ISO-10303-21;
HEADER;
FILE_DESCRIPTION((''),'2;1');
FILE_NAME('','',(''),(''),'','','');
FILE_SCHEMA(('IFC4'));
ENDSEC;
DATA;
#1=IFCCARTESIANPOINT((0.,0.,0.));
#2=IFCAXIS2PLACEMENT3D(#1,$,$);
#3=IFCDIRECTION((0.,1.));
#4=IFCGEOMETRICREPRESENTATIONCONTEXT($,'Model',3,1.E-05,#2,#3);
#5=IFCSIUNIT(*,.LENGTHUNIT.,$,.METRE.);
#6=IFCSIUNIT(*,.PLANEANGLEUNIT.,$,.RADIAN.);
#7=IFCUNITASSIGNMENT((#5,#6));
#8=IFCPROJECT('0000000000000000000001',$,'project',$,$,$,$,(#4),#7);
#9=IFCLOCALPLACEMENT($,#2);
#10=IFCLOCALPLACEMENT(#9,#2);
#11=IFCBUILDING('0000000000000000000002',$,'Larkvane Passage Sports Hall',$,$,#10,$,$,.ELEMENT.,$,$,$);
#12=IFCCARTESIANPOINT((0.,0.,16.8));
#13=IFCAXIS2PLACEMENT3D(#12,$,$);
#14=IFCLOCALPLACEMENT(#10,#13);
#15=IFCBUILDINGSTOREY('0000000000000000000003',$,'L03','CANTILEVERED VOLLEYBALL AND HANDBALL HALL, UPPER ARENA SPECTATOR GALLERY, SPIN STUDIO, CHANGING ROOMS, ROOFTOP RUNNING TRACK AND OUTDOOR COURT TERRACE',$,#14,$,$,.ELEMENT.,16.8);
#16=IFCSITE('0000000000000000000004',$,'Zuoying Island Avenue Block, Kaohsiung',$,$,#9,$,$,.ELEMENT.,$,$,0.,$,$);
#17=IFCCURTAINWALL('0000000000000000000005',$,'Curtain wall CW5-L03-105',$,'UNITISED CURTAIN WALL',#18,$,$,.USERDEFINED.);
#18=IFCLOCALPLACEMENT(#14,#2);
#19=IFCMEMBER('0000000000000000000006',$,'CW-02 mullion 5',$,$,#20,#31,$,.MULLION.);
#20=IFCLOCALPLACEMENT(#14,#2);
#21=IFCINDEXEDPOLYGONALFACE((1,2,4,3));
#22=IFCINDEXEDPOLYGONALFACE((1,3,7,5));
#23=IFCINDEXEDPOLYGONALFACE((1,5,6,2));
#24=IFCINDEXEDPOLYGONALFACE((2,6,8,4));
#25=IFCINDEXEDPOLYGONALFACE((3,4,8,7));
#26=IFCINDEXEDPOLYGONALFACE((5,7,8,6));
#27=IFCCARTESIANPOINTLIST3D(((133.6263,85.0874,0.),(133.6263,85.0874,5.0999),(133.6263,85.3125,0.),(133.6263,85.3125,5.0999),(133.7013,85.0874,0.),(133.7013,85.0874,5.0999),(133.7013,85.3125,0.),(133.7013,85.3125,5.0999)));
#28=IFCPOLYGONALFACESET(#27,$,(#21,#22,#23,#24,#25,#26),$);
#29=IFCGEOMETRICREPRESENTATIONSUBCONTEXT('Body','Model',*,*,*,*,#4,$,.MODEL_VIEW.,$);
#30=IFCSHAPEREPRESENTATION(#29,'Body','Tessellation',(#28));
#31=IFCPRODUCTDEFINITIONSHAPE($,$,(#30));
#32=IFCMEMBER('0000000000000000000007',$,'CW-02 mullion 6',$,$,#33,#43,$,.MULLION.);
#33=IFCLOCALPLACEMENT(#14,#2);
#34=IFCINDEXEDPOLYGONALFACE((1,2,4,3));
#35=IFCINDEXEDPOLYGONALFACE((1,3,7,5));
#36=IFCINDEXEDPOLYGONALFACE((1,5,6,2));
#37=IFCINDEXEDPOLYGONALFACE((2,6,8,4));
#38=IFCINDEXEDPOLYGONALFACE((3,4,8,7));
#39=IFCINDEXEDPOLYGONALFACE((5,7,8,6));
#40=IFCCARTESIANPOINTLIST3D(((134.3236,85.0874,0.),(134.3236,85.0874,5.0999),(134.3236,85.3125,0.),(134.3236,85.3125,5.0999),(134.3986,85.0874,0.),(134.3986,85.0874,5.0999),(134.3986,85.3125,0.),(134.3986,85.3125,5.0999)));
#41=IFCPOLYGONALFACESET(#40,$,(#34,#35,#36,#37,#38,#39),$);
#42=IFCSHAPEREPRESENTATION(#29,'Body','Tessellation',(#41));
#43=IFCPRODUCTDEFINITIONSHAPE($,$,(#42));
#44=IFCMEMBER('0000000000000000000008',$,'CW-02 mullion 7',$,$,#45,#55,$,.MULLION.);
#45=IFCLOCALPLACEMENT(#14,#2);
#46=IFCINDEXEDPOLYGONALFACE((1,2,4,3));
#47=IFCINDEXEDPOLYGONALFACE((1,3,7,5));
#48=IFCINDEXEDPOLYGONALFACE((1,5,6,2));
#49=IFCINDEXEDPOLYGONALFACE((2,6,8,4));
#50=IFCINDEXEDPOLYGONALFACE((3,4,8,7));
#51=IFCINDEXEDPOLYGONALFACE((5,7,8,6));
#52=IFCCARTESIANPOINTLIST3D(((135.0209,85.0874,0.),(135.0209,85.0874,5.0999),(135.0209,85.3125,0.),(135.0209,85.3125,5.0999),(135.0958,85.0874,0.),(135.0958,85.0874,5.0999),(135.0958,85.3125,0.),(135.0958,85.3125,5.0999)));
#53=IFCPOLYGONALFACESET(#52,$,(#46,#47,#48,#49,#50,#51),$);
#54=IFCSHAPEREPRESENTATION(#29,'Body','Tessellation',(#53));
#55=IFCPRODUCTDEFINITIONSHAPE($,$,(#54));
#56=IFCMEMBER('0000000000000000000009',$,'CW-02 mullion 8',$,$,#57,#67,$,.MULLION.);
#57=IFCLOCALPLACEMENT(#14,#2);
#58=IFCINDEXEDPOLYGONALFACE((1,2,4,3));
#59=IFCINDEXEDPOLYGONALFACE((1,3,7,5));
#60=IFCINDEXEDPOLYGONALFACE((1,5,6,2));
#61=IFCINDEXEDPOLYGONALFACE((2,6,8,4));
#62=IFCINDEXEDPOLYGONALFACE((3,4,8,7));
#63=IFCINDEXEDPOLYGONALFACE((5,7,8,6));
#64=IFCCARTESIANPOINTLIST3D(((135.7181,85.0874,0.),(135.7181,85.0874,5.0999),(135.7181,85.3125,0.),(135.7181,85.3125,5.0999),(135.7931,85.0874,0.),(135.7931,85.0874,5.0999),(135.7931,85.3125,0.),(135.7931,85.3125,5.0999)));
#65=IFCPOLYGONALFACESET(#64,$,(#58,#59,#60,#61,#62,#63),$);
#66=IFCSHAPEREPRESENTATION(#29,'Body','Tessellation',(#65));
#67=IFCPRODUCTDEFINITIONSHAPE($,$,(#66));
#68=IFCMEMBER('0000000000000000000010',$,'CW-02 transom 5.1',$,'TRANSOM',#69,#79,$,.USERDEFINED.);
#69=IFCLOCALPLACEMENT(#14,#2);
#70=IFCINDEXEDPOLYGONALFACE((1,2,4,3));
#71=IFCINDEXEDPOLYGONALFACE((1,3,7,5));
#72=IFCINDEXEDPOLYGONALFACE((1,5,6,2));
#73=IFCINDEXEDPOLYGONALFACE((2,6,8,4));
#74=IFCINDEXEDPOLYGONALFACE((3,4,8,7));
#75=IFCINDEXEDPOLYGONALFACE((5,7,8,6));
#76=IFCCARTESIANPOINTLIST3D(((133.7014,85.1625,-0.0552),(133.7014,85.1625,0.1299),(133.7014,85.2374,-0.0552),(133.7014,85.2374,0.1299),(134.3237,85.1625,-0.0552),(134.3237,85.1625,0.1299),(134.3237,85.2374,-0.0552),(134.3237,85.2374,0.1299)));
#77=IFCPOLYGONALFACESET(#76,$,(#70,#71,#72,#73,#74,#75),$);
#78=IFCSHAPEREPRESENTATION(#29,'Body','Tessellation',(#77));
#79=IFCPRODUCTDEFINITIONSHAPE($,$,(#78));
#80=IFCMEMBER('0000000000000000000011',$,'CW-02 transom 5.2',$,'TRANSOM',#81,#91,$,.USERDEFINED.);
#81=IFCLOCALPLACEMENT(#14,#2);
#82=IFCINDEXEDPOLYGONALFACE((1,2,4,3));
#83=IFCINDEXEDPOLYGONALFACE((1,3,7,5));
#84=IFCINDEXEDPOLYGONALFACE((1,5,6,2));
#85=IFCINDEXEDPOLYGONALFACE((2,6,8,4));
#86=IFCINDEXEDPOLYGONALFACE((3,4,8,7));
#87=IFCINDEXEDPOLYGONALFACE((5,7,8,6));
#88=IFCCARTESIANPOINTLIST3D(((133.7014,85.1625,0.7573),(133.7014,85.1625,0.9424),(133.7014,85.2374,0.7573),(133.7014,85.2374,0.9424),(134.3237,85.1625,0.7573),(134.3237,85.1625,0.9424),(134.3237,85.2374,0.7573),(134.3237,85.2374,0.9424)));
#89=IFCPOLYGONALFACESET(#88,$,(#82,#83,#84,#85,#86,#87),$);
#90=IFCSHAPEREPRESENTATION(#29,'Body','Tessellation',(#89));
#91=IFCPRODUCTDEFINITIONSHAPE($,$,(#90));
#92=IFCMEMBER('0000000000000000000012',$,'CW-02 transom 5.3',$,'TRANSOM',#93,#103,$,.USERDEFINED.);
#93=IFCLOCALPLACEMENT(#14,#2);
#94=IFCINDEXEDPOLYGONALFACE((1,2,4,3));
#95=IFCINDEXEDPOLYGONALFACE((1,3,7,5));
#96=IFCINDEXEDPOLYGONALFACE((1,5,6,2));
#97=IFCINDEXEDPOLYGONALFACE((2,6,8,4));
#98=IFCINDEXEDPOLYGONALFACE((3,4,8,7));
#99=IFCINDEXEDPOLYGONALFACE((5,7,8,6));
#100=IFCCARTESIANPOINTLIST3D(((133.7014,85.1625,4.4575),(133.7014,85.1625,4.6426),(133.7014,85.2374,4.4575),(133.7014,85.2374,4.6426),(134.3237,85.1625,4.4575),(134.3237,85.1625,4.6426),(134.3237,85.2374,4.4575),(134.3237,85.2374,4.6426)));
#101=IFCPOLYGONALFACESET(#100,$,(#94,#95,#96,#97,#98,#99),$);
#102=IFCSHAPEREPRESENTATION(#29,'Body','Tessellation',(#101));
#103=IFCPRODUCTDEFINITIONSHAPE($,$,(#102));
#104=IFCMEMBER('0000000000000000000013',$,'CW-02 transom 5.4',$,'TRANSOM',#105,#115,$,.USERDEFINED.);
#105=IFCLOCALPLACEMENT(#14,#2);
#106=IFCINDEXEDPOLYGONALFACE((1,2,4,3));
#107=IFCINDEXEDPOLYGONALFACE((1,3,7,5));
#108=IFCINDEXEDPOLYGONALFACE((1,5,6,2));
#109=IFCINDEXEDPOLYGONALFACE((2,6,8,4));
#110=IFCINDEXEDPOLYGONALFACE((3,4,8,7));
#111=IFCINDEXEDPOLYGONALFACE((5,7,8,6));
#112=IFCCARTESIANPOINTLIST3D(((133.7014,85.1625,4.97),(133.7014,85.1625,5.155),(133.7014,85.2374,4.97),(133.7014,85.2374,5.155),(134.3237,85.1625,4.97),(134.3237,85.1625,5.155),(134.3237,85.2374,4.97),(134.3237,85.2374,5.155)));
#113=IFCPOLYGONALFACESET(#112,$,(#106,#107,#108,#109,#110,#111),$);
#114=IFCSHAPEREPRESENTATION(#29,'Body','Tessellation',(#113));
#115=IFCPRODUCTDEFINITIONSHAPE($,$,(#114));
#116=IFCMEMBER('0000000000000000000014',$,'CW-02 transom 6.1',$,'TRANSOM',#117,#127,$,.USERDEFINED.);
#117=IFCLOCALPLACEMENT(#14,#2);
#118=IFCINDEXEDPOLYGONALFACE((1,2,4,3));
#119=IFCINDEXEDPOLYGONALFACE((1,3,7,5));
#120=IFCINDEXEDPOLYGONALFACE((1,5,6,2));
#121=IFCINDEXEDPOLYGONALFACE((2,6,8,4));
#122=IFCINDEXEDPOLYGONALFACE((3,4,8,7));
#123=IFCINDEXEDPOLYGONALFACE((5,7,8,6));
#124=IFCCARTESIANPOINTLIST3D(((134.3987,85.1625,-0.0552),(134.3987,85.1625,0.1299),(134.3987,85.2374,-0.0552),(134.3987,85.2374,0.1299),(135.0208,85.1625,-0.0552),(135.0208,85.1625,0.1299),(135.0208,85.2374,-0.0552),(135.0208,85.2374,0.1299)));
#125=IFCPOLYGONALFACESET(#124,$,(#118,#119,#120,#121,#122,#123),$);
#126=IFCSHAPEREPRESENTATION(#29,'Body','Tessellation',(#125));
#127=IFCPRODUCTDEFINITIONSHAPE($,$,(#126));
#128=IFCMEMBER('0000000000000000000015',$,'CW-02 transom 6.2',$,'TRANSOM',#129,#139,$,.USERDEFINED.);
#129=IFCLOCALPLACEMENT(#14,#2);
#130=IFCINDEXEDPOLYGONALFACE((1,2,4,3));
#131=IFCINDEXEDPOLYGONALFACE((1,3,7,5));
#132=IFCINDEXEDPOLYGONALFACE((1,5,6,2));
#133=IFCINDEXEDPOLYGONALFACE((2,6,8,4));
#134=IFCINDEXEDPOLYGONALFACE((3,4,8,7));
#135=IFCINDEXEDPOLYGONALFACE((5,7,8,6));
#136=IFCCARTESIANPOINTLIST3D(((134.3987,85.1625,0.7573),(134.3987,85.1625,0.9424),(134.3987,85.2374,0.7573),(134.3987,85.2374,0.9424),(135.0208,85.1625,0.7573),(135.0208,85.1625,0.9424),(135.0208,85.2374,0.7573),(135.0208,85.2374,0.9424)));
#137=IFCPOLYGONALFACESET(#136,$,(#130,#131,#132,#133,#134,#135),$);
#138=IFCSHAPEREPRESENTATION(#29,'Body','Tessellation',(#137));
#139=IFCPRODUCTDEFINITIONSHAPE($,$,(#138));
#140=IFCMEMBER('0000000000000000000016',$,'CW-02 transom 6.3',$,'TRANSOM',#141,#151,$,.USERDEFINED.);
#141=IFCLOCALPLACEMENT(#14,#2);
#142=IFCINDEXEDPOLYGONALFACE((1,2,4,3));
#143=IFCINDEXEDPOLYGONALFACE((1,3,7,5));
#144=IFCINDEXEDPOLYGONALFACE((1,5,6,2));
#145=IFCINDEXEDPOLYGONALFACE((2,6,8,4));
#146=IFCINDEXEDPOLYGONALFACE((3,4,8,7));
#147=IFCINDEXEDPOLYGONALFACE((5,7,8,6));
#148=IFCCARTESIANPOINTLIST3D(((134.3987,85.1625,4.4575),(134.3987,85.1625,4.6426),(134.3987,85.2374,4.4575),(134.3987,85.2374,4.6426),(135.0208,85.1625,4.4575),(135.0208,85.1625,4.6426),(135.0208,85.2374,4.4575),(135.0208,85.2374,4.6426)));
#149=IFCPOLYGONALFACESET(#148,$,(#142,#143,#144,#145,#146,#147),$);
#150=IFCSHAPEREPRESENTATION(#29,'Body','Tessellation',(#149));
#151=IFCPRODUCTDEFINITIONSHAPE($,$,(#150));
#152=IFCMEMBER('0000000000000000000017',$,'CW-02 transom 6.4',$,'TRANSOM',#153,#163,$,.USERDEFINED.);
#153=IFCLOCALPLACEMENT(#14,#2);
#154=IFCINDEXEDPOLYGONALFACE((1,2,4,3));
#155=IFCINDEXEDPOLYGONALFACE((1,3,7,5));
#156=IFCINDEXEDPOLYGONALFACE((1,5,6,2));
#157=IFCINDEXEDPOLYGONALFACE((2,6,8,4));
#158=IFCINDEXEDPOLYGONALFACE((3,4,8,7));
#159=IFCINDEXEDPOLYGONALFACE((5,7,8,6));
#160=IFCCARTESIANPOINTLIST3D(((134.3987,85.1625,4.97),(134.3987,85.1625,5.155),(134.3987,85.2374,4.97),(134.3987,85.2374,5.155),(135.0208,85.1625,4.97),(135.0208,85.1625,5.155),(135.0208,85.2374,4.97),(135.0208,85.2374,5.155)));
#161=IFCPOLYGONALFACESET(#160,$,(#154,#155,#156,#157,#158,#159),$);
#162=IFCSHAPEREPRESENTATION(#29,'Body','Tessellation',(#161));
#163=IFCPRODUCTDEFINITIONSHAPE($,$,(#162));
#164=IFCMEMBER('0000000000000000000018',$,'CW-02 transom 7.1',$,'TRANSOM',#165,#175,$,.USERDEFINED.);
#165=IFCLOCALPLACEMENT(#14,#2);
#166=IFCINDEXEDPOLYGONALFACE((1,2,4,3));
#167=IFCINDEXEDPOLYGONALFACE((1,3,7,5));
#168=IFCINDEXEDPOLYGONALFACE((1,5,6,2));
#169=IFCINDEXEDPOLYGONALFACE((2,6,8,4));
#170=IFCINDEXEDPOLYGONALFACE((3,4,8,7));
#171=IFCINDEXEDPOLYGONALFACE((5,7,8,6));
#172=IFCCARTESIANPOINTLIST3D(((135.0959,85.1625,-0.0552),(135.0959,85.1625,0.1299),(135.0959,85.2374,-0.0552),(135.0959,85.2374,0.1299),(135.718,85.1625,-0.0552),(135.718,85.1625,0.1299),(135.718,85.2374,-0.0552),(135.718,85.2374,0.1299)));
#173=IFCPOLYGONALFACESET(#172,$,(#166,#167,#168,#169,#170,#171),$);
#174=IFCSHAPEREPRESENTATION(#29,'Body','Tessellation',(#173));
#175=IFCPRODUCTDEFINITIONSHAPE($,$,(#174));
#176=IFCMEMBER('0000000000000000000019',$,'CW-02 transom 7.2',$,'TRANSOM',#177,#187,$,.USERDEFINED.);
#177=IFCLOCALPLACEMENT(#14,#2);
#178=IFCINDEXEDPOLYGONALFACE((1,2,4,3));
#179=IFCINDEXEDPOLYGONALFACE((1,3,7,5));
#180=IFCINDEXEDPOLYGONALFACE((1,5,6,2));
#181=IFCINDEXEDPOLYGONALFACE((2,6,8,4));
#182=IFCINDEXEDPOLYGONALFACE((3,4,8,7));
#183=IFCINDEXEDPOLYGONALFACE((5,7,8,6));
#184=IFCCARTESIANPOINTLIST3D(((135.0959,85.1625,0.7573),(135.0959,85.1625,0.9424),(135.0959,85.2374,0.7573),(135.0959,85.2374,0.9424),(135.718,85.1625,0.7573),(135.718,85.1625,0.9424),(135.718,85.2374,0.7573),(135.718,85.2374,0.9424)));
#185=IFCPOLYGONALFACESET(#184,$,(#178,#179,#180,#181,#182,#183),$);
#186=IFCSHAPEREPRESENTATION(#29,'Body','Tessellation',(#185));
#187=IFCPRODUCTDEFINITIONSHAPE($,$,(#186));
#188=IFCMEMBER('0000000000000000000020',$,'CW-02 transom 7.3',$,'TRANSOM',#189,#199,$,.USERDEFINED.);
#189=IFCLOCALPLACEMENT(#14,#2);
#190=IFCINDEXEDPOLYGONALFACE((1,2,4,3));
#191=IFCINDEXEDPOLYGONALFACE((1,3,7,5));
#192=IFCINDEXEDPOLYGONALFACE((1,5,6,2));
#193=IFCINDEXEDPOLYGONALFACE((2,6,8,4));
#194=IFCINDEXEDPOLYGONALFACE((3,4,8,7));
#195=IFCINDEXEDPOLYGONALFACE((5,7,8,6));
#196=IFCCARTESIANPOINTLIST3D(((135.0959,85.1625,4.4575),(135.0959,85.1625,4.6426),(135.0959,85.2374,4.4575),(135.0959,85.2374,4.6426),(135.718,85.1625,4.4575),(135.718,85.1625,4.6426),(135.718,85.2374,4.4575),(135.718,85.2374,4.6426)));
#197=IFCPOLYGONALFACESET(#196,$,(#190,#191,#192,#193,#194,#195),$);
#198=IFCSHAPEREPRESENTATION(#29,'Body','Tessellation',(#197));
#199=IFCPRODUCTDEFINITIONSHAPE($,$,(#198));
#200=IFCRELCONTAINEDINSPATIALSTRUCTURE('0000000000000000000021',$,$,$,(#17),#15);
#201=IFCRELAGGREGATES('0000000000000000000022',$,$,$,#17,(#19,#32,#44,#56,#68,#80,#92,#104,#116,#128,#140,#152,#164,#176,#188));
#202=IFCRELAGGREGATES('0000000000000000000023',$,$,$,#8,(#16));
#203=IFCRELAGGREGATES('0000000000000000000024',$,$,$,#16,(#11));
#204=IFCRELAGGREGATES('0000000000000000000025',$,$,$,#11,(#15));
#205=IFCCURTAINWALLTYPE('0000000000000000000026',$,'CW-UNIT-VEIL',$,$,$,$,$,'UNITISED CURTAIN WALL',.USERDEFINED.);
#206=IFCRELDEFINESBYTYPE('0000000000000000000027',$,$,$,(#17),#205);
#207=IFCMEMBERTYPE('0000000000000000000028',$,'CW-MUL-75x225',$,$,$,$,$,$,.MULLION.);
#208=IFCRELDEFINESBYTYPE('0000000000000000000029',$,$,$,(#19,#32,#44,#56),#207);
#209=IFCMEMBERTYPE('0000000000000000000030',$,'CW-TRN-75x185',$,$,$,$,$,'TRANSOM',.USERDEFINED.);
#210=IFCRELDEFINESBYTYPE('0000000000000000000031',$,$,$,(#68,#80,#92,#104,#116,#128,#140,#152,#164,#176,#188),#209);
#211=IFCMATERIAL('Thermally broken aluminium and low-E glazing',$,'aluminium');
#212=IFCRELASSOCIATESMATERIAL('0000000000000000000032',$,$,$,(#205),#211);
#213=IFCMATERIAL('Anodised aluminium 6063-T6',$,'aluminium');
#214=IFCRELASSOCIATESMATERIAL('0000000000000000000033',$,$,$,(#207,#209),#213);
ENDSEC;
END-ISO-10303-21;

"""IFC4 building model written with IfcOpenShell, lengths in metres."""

from ifc_helpers import new_model, si_unit, direction, frame, origin, origin_2d, place, context, subcontext, project, spatial, rectangle, extrude, material, material_profile, profile_set, type_object, element, aggregate, save


model = new_model("IFC4")

# Units and contexts
model_context = context("Model", 3, precision=1e-05, world=origin(), true_north=direction((0.0, 1.0)))
body_context = subcontext(model_context, "Body", "Model", "MODEL_VIEW")
ifc_project = project(units=[si_unit("LENGTHUNIT", "METRE"), si_unit("PLANEANGLEUNIT", "RADIAN")], contexts=[model_context])

# Site, building, storey
site_placement = place(None, origin())
site = spatial("IfcSite", under=ifc_project, at=site_placement, Name="Zuoying Island Avenue Block, Kaohsiung", CompositionType="ELEMENT", RefElevation=0.0)
building_placement = place(site_placement, origin())
building = spatial("IfcBuilding", under=site, at=building_placement, Name="Larkvane Passage Sports Hall", CompositionType="ELEMENT")
storey_placement = place(building_placement, frame((0.0, 0.0, 16.8)))
storey = spatial("IfcBuildingStorey", under=building, at=storey_placement, Name="L03", Description="CANTILEVERED VOLLEYBALL AND HANDBALL HALL, UPPER ARENA SPECTATOR GALLERY, SPIN STUDIO, CHANGING ROOMS, ROOFTOP RUNNING TRACK AND OUTDOOR COURT TERRACE", CompositionType="ELEMENT", Elevation=16.8)

# Curtain wall, members
ifc_material_1 = material(Name="Thermally broken aluminium and low-E glazing", Category="aluminium")
curtain_wall_type = type_object("IfcCurtainWallType", Name="CW-UNIT-VEIL", ElementType="UNITISED CURTAIN WALL", PredefinedType="USERDEFINED", material=ifc_material_1)
curtain_wall_placement = place(storey_placement, origin())
curtain_wall = element("IfcCurtainWall", 1, at=curtain_wall_placement, inside=storey, type_object=curtain_wall_type, Name="Curtain wall CW5-L03-105", ObjectType="UNITISED CURTAIN WALL", PredefinedType="USERDEFINED")
ifc_material_2 = material(Name="Anodised aluminium 6063-T6", Category="aluminium")
ifc_material_profile_1 = material_profile(ifc_material_2, rectangle(XDim=0.075, YDim=0.2251, at=origin_2d()), Name="ALU-MUL-75x225")
ifc_profile_set_1 = profile_set([ifc_material_profile_1], Name="Anodised aluminium 6063-T6")
member_type_1 = type_object("IfcMemberType", Name="CW-MUL-75x225", PredefinedType="MULLION", material=ifc_profile_set_1)
member_1_placement = place(storey_placement, frame((133.6638, 85.2, 0.0), z_axis=(0.0, 0.0, 1.0), x_axis=(1.0, 0.0, 0.0)))
member_1 = element("IfcMember", 2, at=member_1_placement, type_object=member_type_1, Name="CW-02 mullion 5", PredefinedType="MULLION", context=body_context, shape_type="SweptSolid", body=[
    extrude(rectangle(XDim=0.075, YDim=0.2251, at=origin_2d()), origin(), (0.0, 0.0, 1.0), 5.0999),
])
member_2_placement = place(storey_placement, frame((134.3611, 85.2, 0.0), z_axis=(0.0, 0.0, 1.0), x_axis=(1.0, 0.0, 0.0)))
member_2 = element("IfcMember", 3, at=member_2_placement, type_object=member_type_1, Name="CW-02 mullion 6", PredefinedType="MULLION", context=body_context, shape_type="SweptSolid", body=[
    extrude(rectangle(XDim=0.075, YDim=0.2251, at=origin_2d()), origin(), (0.0, 0.0, 1.0), 5.0999),
])
member_3_placement = place(storey_placement, frame((135.0583, 85.2, 0.0), z_axis=(0.0, 0.0, 1.0), x_axis=(1.0, 0.0, 0.0)))
member_3 = element("IfcMember", 4, at=member_3_placement, type_object=member_type_1, Name="CW-02 mullion 7", PredefinedType="MULLION", context=body_context, shape_type="SweptSolid", body=[
    extrude(rectangle(XDim=0.075, YDim=0.2251, at=origin_2d()), origin(), (0.0, 0.0, 1.0), 5.0999),
])
member_4_placement = place(storey_placement, frame((135.7556, 85.2, 0.0), z_axis=(0.0, 0.0, 1.0), x_axis=(1.0, 0.0, 0.0)))
member_4 = element("IfcMember", 5, at=member_4_placement, type_object=member_type_1, Name="CW-02 mullion 8", PredefinedType="MULLION", context=body_context, shape_type="SweptSolid", body=[
    extrude(rectangle(XDim=0.075, YDim=0.2251, at=origin_2d()), origin(), (0.0, 0.0, 1.0), 5.0999),
])
ifc_material_profile_2 = material_profile(ifc_material_2, rectangle(XDim=0.075, YDim=0.1851, at=origin_2d()), Name="ALU-TRN-75x185")
ifc_profile_set_2 = profile_set([ifc_material_profile_2], Name="Anodised aluminium 6063-T6")
member_type_2 = type_object("IfcMemberType", Name="CW-TRN-75x185", ElementType="TRANSOM", PredefinedType="USERDEFINED", material=ifc_profile_set_2)
member_5_placement = place(storey_placement, frame((133.7014, 85.2, 0.0374), z_axis=(1.0, 0.0, 0.0), x_axis=(0.0, 1.0, 0.0)))
member_5 = element("IfcMember", 6, at=member_5_placement, type_object=member_type_2, Name="CW-02 transom 5.1", ObjectType="TRANSOM", PredefinedType="USERDEFINED", context=body_context, shape_type="SweptSolid", body=[
    extrude(rectangle(XDim=0.075, YDim=0.1851, at=origin_2d()), origin(), (0.0, 0.0, 1.0), 0.6223),
])
member_6_placement = place(storey_placement, frame((133.7014, 85.2, 0.8499), z_axis=(1.0, 0.0, 0.0), x_axis=(0.0, 1.0, 0.0)))
member_6 = element("IfcMember", 7, at=member_6_placement, type_object=member_type_2, Name="CW-02 transom 5.2", ObjectType="TRANSOM", PredefinedType="USERDEFINED", context=body_context, shape_type="SweptSolid", body=[
    extrude(rectangle(XDim=0.075, YDim=0.1851, at=origin_2d()), origin(), (0.0, 0.0, 1.0), 0.6223),
])
member_7_placement = place(storey_placement, frame((133.7014, 85.2, 4.55), z_axis=(1.0, 0.0, 0.0), x_axis=(0.0, 1.0, 0.0)))
member_7 = element("IfcMember", 8, at=member_7_placement, type_object=member_type_2, Name="CW-02 transom 5.3", ObjectType="TRANSOM", PredefinedType="USERDEFINED", context=body_context, shape_type="SweptSolid", body=[
    extrude(rectangle(XDim=0.075, YDim=0.1851, at=origin_2d()), origin(), (0.0, 0.0, 1.0), 0.6223),
])
member_8_placement = place(storey_placement, frame((133.7014, 85.2, 5.0625), z_axis=(1.0, 0.0, 0.0), x_axis=(0.0, 1.0, 0.0)))
member_8 = element("IfcMember", 9, at=member_8_placement, type_object=member_type_2, Name="CW-02 transom 5.4", ObjectType="TRANSOM", PredefinedType="USERDEFINED", context=body_context, shape_type="SweptSolid", body=[
    extrude(rectangle(XDim=0.075, YDim=0.1851, at=origin_2d()), origin(), (0.0, 0.0, 1.0), 0.6223),
])
member_9_placement = place(storey_placement, frame((134.3987, 85.2, 0.0374), z_axis=(1.0, 0.0, 0.0), x_axis=(0.0, 1.0, 0.0)))
member_9 = element("IfcMember", 10, at=member_9_placement, type_object=member_type_2, Name="CW-02 transom 6.1", ObjectType="TRANSOM", PredefinedType="USERDEFINED", context=body_context, shape_type="SweptSolid", body=[
    extrude(rectangle(XDim=0.075, YDim=0.1851, at=origin_2d()), origin(), (0.0, 0.0, 1.0), 0.6221),
])
member_10_placement = place(storey_placement, frame((134.3987, 85.2, 0.8499), z_axis=(1.0, 0.0, 0.0), x_axis=(0.0, 1.0, 0.0)))
member_10 = element("IfcMember", 11, at=member_10_placement, type_object=member_type_2, Name="CW-02 transom 6.2", ObjectType="TRANSOM", PredefinedType="USERDEFINED", context=body_context, shape_type="SweptSolid", body=[
    extrude(rectangle(XDim=0.075, YDim=0.1851, at=origin_2d()), origin(), (0.0, 0.0, 1.0), 0.6221),
])
member_11_placement = place(storey_placement, frame((134.3987, 85.2, 4.55), z_axis=(1.0, 0.0, 0.0), x_axis=(0.0, 1.0, 0.0)))
member_11 = element("IfcMember", 12, at=member_11_placement, type_object=member_type_2, Name="CW-02 transom 6.3", ObjectType="TRANSOM", PredefinedType="USERDEFINED", context=body_context, shape_type="SweptSolid", body=[
    extrude(rectangle(XDim=0.075, YDim=0.1851, at=origin_2d()), origin(), (0.0, 0.0, 1.0), 0.6221),
])
member_12_placement = place(storey_placement, frame((134.3987, 85.2, 5.0625), z_axis=(1.0, 0.0, 0.0), x_axis=(0.0, 1.0, 0.0)))
member_12 = element("IfcMember", 13, at=member_12_placement, type_object=member_type_2, Name="CW-02 transom 6.4", ObjectType="TRANSOM", PredefinedType="USERDEFINED", context=body_context, shape_type="SweptSolid", body=[
    extrude(rectangle(XDim=0.075, YDim=0.1851, at=origin_2d()), origin(), (0.0, 0.0, 1.0), 0.6221),
])
member_13_placement = place(storey_placement, frame((135.0959, 85.2, 0.0374), z_axis=(1.0, 0.0, 0.0), x_axis=(0.0, 1.0, 0.0)))
member_13 = element("IfcMember", 14, at=member_13_placement, type_object=member_type_2, Name="CW-02 transom 7.1", ObjectType="TRANSOM", PredefinedType="USERDEFINED", context=body_context, shape_type="SweptSolid", body=[
    extrude(rectangle(XDim=0.075, YDim=0.1851, at=origin_2d()), origin(), (0.0, 0.0, 1.0), 0.6221),
])
member_14_placement = place(storey_placement, frame((135.0959, 85.2, 0.8499), z_axis=(1.0, 0.0, 0.0), x_axis=(0.0, 1.0, 0.0)))
member_14 = element("IfcMember", 15, at=member_14_placement, type_object=member_type_2, Name="CW-02 transom 7.2", ObjectType="TRANSOM", PredefinedType="USERDEFINED", context=body_context, shape_type="SweptSolid", body=[
    extrude(rectangle(XDim=0.075, YDim=0.1851, at=origin_2d()), origin(), (0.0, 0.0, 1.0), 0.6221),
])
member_15_placement = place(storey_placement, frame((135.0959, 85.2, 4.55), z_axis=(1.0, 0.0, 0.0), x_axis=(0.0, 1.0, 0.0)))
member_15 = element("IfcMember", 16, at=member_15_placement, type_object=member_type_2, Name="CW-02 transom 7.3", ObjectType="TRANSOM", PredefinedType="USERDEFINED", context=body_context, shape_type="SweptSolid", body=[
    extrude(rectangle(XDim=0.075, YDim=0.1851, at=origin_2d()), origin(), (0.0, 0.0, 1.0), 0.6221),
])
aggregate(curtain_wall, [member_1, member_2, member_3, member_4, member_5, member_6, member_7, member_8, member_9, member_10, member_11, member_12, member_13, member_14, member_15])

save(model, "model.ifc")
